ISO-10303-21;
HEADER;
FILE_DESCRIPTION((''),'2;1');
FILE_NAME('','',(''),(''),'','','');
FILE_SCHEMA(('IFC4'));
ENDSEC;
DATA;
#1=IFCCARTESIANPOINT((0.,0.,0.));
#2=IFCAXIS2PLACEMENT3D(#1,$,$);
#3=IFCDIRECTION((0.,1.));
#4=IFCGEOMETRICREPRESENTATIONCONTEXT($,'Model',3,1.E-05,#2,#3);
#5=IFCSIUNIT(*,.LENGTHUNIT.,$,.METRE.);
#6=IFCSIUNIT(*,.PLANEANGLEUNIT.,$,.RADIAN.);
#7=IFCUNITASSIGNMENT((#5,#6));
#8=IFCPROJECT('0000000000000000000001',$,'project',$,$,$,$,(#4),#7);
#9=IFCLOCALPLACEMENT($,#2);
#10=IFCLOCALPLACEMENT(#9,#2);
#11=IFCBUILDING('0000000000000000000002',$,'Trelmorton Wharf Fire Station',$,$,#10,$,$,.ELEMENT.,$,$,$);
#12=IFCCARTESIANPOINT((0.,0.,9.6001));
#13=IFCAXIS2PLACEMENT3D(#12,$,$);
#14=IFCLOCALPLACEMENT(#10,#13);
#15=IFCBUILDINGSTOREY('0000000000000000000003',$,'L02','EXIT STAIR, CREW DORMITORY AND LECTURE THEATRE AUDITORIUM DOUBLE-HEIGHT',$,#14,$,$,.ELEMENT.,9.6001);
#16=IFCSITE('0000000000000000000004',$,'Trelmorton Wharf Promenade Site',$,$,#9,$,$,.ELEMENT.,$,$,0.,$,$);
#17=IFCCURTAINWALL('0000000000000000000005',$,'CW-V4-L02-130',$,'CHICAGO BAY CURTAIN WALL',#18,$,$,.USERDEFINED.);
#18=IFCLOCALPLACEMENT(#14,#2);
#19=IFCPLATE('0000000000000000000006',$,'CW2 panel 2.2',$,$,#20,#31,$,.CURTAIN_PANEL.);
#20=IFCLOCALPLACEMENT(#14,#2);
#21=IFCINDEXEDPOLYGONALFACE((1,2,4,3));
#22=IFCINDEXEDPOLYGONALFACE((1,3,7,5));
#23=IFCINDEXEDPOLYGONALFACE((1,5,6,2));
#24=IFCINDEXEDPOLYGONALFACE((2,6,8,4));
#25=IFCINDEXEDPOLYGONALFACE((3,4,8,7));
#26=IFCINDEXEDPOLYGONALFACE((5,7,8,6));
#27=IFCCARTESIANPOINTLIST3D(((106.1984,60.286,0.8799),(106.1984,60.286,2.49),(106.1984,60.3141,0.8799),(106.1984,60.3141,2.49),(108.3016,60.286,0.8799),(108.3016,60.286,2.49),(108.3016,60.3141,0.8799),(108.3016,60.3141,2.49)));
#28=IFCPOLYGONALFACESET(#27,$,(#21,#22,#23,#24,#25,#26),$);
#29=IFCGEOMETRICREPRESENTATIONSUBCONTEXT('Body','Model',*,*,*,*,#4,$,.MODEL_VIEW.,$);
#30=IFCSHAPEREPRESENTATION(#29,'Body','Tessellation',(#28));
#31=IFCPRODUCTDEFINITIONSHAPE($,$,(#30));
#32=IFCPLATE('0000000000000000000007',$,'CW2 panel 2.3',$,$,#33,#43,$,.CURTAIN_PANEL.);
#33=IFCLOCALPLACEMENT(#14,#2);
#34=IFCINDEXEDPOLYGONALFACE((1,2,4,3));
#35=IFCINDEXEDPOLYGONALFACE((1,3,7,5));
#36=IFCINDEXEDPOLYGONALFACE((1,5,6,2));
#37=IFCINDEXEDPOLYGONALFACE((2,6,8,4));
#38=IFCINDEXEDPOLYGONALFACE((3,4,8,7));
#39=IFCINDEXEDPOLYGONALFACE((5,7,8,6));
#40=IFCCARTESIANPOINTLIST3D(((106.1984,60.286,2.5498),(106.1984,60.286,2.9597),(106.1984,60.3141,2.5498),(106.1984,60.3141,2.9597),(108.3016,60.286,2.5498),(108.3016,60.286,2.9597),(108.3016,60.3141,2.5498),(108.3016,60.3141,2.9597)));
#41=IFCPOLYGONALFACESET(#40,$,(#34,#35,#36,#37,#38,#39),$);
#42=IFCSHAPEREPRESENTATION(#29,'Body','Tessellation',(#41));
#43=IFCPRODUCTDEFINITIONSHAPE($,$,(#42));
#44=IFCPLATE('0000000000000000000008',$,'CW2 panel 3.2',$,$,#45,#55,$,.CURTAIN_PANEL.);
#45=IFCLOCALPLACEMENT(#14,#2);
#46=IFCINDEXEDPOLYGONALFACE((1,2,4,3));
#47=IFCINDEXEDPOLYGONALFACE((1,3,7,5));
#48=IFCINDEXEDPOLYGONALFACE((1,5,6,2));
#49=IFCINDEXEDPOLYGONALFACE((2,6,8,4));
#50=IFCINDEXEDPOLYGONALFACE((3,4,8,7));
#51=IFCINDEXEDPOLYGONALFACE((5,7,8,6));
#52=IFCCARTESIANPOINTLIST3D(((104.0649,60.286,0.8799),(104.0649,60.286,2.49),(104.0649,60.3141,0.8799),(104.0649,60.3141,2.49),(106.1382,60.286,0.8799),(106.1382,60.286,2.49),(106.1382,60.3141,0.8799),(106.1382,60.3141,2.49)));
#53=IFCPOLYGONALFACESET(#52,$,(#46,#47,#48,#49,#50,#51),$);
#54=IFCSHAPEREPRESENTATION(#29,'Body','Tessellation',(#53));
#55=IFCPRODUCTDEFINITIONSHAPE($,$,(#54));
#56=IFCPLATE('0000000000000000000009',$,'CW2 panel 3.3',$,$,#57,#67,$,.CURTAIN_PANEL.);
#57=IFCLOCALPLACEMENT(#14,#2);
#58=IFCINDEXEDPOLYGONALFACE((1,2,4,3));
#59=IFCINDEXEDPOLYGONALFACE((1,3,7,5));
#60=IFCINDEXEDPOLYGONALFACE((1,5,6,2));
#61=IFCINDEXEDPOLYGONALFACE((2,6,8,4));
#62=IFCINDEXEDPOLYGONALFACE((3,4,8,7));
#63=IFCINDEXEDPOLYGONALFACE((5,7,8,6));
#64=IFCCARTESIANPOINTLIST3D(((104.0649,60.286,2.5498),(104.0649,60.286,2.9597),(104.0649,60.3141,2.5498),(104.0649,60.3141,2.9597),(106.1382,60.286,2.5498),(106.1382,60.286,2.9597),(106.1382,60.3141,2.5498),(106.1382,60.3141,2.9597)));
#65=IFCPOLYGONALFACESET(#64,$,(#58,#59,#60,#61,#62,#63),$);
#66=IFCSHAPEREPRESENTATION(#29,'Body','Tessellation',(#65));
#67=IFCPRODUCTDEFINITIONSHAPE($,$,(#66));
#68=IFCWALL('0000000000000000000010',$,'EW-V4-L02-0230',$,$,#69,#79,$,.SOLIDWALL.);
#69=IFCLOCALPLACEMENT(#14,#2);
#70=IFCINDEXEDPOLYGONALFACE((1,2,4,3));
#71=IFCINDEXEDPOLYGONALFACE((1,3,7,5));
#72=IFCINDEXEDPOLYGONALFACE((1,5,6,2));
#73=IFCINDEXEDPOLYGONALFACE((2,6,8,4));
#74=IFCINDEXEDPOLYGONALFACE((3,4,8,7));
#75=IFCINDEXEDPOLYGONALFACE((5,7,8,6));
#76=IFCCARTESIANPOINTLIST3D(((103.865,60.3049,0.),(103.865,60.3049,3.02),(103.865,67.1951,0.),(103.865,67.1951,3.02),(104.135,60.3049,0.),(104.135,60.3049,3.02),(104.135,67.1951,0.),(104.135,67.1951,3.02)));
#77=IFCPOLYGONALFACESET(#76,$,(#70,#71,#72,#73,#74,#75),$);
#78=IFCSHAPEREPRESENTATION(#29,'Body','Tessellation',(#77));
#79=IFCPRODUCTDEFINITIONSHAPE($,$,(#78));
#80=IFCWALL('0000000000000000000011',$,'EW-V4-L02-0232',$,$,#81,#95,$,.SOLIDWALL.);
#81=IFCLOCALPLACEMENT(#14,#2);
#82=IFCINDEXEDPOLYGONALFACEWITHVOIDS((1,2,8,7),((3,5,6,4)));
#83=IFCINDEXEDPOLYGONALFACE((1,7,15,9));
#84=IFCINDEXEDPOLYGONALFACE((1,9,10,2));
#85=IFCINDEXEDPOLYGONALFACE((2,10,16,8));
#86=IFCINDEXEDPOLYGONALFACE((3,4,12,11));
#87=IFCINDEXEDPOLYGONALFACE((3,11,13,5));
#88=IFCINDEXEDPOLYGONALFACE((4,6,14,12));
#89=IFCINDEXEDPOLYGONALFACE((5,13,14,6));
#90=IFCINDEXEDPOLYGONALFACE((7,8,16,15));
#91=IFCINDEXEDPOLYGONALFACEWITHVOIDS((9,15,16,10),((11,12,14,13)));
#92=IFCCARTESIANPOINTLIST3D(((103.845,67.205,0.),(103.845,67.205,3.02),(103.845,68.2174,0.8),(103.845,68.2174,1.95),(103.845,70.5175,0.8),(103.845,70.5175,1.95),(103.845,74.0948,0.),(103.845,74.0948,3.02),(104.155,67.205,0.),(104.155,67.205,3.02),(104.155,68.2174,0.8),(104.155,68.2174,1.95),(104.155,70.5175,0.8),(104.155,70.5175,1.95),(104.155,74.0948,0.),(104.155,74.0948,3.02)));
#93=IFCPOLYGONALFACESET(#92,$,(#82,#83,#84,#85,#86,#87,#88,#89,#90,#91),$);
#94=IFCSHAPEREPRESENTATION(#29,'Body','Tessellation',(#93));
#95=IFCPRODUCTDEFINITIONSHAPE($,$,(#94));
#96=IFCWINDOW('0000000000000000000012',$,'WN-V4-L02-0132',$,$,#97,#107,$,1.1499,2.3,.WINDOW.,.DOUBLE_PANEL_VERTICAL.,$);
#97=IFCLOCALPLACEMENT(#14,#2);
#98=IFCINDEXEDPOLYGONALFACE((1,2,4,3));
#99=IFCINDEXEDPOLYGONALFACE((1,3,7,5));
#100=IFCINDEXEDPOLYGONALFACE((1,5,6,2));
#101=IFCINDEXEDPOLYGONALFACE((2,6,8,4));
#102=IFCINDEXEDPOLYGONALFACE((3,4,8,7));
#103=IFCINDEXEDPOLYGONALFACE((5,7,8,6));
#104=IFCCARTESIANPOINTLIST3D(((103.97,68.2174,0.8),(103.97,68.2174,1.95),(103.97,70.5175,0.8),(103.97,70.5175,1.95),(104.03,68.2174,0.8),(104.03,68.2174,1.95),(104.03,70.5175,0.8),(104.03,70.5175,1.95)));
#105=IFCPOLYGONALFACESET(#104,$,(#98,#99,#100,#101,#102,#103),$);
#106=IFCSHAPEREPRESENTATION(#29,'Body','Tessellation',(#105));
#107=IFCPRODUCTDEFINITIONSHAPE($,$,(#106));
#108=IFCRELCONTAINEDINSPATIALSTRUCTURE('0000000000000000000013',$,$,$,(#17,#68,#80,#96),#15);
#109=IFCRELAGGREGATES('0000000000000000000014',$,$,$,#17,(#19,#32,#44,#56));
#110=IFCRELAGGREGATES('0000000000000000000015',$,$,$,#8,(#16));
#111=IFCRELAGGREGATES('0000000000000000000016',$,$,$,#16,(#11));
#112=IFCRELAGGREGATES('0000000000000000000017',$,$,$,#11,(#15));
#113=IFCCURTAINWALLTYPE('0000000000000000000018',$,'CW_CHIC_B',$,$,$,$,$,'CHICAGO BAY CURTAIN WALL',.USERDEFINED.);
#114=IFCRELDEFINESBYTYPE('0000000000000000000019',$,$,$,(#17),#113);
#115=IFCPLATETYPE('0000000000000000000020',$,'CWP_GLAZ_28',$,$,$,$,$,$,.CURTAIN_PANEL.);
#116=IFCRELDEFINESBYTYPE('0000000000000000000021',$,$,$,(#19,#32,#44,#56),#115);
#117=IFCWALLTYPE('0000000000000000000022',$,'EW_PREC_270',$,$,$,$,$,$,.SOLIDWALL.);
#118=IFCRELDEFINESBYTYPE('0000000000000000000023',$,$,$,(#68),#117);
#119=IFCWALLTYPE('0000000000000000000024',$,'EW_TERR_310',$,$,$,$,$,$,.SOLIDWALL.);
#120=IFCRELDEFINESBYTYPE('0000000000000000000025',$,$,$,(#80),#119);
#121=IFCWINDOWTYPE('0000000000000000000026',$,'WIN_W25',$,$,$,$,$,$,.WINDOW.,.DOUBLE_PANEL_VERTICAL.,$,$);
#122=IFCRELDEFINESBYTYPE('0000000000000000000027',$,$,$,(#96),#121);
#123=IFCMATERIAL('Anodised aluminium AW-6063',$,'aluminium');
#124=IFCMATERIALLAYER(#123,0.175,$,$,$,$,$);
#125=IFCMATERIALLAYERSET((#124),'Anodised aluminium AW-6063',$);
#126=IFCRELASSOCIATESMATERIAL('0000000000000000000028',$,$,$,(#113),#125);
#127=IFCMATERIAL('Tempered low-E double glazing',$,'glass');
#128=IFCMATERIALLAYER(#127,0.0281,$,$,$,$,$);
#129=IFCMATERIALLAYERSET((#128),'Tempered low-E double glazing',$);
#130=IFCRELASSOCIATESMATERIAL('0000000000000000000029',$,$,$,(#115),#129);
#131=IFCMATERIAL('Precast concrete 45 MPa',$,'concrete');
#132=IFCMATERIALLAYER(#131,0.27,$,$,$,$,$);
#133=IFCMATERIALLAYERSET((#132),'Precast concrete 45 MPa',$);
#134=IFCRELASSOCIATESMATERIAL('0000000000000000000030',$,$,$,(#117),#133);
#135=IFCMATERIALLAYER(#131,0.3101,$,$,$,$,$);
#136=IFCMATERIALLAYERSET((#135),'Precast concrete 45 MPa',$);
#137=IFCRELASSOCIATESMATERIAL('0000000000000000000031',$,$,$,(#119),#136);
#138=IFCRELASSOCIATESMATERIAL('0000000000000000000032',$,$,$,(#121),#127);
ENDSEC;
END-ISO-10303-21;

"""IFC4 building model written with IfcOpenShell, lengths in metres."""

from ifc_helpers import new_model, si_unit, direction, frame, frame_2d, origin, origin_2d, place, context, subcontext, project, spatial, rectangle, extrude, material, layer, layer_set, type_object, element, fill, aggregate, save


model = new_model("IFC4")

# Units and contexts
model_context = context("Model", 3, precision=1e-05, world=origin(), true_north=direction((0.0, 1.0)))
body_context = subcontext(model_context, "Body", "Model", "MODEL_VIEW")
ifc_project = project(units=[si_unit("LENGTHUNIT", "METRE"), si_unit("PLANEANGLEUNIT", "RADIAN")], contexts=[model_context])

# Site, building, storey
site_placement = place(None, origin())
site = spatial("IfcSite", under=ifc_project, at=site_placement, Name="Trelmorton Wharf Promenade Site", CompositionType="ELEMENT", RefElevation=0.0)
building_placement = place(site_placement, origin())
building = spatial("IfcBuilding", under=site, at=building_placement, Name="Trelmorton Wharf Fire Station", CompositionType="ELEMENT")
storey_placement = place(building_placement, frame((0.0, 0.0, 9.6001)))
storey = spatial("IfcBuildingStorey", under=building, at=storey_placement, Name="L02", Description="EXIT STAIR, CREW DORMITORY AND LECTURE THEATRE AUDITORIUM DOUBLE-HEIGHT", CompositionType="ELEMENT", Elevation=9.6001)

# Curtain wall
ifc_material_1 = material(Name="Anodised aluminium AW-6063", Category="aluminium")
ifc_layer_1 = layer(ifc_material_1, 0.175)
ifc_layer_set_1 = layer_set([ifc_layer_1], Name="Anodised aluminium AW-6063")
curtain_wall_type = type_object("IfcCurtainWallType", Name="CW_CHIC_B", ElementType="CHICAGO BAY CURTAIN WALL", PredefinedType="USERDEFINED", material=ifc_layer_set_1)
curtain_wall_placement = place(storey_placement, origin())
curtain_wall = element("IfcCurtainWall", 1, at=curtain_wall_placement, inside=storey, type_object=curtain_wall_type, Name="CW-V4-L02-130", ObjectType="CHICAGO BAY CURTAIN WALL", PredefinedType="USERDEFINED")

# Plates
ifc_material_2 = material(Name="Tempered low-E double glazing", Category="glass")
ifc_layer_2 = layer(ifc_material_2, 0.0281)
ifc_layer_set_2 = layer_set([ifc_layer_2], Name="Tempered low-E double glazing")
plate_type = type_object("IfcPlateType", Name="CWP_GLAZ_28", PredefinedType="CURTAIN_PANEL", material=ifc_layer_set_2)
plate_1_placement = place(storey_placement, frame((107.25, 60.3, 0.8799), z_axis=(0.0, 0.0, 1.0), x_axis=(-1.0, 0.0, 0.0)))
plate_1 = element("IfcPlate", 2, at=plate_1_placement, type_object=plate_type, Name="CW2 panel 2.2", PredefinedType="CURTAIN_PANEL", context=body_context, shape_type="SweptSolid", body=[
    extrude(rectangle(XDim=2.1033, YDim=0.0281, at=origin_2d()), origin(), (0.0, 0.0, 1.0), 1.6101),
])
plate_2_placement = place(storey_placement, frame((107.25, 60.3, 2.5498), z_axis=(0.0, 0.0, 1.0), x_axis=(-1.0, 0.0, 0.0)))
plate_2 = element("IfcPlate", 3, at=plate_2_placement, type_object=plate_type, Name="CW2 panel 2.3", PredefinedType="CURTAIN_PANEL", context=body_context, shape_type="SweptSolid", body=[
    extrude(rectangle(XDim=2.1033, YDim=0.0281, at=origin_2d()), origin(), (0.0, 0.0, 1.0), 0.4099),
])
plate_3_placement = place(storey_placement, frame((105.1016, 60.3, 0.8799), z_axis=(0.0, 0.0, 1.0), x_axis=(-1.0, 0.0, 0.0)))
plate_3 = element("IfcPlate", 4, at=plate_3_placement, type_object=plate_type, Name="CW2 panel 3.2", PredefinedType="CURTAIN_PANEL", context=body_context, shape_type="SweptSolid", body=[
    extrude(rectangle(XDim=2.0732, YDim=0.0281, at=origin_2d()), origin(), (0.0, 0.0, 1.0), 1.6101),
])
plate_4_placement = place(storey_placement, frame((105.1016, 60.3, 2.5498), z_axis=(0.0, 0.0, 1.0), x_axis=(-1.0, 0.0, 0.0)))
plate_4 = element("IfcPlate", 5, at=plate_4_placement, type_object=plate_type, Name="CW2 panel 3.3", PredefinedType="CURTAIN_PANEL", context=body_context, shape_type="SweptSolid", body=[
    extrude(rectangle(XDim=2.0732, YDim=0.0281, at=origin_2d()), origin(), (0.0, 0.0, 1.0), 0.4099),
])
aggregate(curtain_wall, [plate_1, plate_2, plate_3, plate_4])

# Wall
ifc_material_3 = material(Name="Precast concrete 45 MPa", Category="concrete")
ifc_layer_3 = layer(ifc_material_3, 0.27)
ifc_layer_set_3 = layer_set([ifc_layer_3], Name="Precast concrete 45 MPa")
wall_type_1 = type_object("IfcWallType", Name="EW_PREC_270", PredefinedType="SOLIDWALL", material=ifc_layer_set_3)
wall_1_placement = place(storey_placement, frame((104.0, 60.3049, 0.0), z_axis=(0.0, 0.0, 1.0), x_axis=(0.0, 1.0, 0.0)))
element("IfcWall", 6, at=wall_1_placement, inside=storey, type_object=wall_type_1, Name="EW-V4-L02-0230", PredefinedType="SOLIDWALL", context=body_context, shape_type="SweptSolid", body=[
    extrude(rectangle(XDim=6.8901, YDim=0.27, at=frame_2d((3.4451, 0.0))), origin(), (0.0, 0.0, 1.0), 3.02),
])

# Wall, opening, window
ifc_layer_4 = layer(ifc_material_3, 0.3101)
ifc_layer_set_4 = layer_set([ifc_layer_4], Name="Precast concrete 45 MPa")
wall_type_2 = type_object("IfcWallType", Name="EW_TERR_310", PredefinedType="SOLIDWALL", material=ifc_layer_set_4)
wall_2_placement = place(storey_placement, frame((104.0, 67.2051, 0.0), z_axis=(0.0, 0.0, 1.0), x_axis=(0.0, 1.0, 0.0)))
wall_2 = element("IfcWall", 7, at=wall_2_placement, inside=storey, type_object=wall_type_2, Name="EW-V4-L02-0232", PredefinedType="SOLIDWALL", context=body_context, shape_type="SweptSolid", body=[
    extrude(rectangle(XDim=6.8899, YDim=0.3101, at=frame_2d((3.4448, 0.0))), origin(), (0.0, 0.0, 1.0), 3.02),
])
opening_placement = place(wall_2_placement, frame((1.0125, 0.0, 0.8)))
opening = element("IfcOpeningElement", 8, at=opening_placement, cuts=wall_2, PredefinedType="OPENING", context=body_context, shape_type="SweptSolid", body=[
    extrude(rectangle(XDim=2.3, YDim=1.1499, at=frame_2d((1.1499, 0.575))), frame((0.0, 0.165, 0.0), z_axis=(0.0, -1.0, 0.0), x_axis=(1.0, 0.0, 0.0)), (0.0, 0.0, 1.0), 0.3301),
])
window_type = type_object("IfcWindowType", Name="WIN_W25", PartitioningType="DOUBLE_PANEL_VERTICAL", PredefinedType="WINDOW", material=ifc_material_2)
window_placement = place(opening_placement, origin())
window = element("IfcWindow", 9, at=window_placement, inside=storey, type_object=window_type, Name="WN-V4-L02-0132", OverallHeight=1.1499, OverallWidth=2.3, PartitioningType="DOUBLE_PANEL_VERTICAL", PredefinedType="WINDOW", context=body_context, shape_type="SweptSolid", body=[
    extrude(rectangle(XDim=2.3, YDim=1.1499, at=frame_2d((1.1499, 0.575))), frame((0.0, 0.03, 0.0), z_axis=(0.0, -1.0, 0.0), x_axis=(1.0, 0.0, 0.0)), (0.0, 0.0, 1.0), 0.0601),
])
fill(opening, window)

save(model, "model.ifc")
